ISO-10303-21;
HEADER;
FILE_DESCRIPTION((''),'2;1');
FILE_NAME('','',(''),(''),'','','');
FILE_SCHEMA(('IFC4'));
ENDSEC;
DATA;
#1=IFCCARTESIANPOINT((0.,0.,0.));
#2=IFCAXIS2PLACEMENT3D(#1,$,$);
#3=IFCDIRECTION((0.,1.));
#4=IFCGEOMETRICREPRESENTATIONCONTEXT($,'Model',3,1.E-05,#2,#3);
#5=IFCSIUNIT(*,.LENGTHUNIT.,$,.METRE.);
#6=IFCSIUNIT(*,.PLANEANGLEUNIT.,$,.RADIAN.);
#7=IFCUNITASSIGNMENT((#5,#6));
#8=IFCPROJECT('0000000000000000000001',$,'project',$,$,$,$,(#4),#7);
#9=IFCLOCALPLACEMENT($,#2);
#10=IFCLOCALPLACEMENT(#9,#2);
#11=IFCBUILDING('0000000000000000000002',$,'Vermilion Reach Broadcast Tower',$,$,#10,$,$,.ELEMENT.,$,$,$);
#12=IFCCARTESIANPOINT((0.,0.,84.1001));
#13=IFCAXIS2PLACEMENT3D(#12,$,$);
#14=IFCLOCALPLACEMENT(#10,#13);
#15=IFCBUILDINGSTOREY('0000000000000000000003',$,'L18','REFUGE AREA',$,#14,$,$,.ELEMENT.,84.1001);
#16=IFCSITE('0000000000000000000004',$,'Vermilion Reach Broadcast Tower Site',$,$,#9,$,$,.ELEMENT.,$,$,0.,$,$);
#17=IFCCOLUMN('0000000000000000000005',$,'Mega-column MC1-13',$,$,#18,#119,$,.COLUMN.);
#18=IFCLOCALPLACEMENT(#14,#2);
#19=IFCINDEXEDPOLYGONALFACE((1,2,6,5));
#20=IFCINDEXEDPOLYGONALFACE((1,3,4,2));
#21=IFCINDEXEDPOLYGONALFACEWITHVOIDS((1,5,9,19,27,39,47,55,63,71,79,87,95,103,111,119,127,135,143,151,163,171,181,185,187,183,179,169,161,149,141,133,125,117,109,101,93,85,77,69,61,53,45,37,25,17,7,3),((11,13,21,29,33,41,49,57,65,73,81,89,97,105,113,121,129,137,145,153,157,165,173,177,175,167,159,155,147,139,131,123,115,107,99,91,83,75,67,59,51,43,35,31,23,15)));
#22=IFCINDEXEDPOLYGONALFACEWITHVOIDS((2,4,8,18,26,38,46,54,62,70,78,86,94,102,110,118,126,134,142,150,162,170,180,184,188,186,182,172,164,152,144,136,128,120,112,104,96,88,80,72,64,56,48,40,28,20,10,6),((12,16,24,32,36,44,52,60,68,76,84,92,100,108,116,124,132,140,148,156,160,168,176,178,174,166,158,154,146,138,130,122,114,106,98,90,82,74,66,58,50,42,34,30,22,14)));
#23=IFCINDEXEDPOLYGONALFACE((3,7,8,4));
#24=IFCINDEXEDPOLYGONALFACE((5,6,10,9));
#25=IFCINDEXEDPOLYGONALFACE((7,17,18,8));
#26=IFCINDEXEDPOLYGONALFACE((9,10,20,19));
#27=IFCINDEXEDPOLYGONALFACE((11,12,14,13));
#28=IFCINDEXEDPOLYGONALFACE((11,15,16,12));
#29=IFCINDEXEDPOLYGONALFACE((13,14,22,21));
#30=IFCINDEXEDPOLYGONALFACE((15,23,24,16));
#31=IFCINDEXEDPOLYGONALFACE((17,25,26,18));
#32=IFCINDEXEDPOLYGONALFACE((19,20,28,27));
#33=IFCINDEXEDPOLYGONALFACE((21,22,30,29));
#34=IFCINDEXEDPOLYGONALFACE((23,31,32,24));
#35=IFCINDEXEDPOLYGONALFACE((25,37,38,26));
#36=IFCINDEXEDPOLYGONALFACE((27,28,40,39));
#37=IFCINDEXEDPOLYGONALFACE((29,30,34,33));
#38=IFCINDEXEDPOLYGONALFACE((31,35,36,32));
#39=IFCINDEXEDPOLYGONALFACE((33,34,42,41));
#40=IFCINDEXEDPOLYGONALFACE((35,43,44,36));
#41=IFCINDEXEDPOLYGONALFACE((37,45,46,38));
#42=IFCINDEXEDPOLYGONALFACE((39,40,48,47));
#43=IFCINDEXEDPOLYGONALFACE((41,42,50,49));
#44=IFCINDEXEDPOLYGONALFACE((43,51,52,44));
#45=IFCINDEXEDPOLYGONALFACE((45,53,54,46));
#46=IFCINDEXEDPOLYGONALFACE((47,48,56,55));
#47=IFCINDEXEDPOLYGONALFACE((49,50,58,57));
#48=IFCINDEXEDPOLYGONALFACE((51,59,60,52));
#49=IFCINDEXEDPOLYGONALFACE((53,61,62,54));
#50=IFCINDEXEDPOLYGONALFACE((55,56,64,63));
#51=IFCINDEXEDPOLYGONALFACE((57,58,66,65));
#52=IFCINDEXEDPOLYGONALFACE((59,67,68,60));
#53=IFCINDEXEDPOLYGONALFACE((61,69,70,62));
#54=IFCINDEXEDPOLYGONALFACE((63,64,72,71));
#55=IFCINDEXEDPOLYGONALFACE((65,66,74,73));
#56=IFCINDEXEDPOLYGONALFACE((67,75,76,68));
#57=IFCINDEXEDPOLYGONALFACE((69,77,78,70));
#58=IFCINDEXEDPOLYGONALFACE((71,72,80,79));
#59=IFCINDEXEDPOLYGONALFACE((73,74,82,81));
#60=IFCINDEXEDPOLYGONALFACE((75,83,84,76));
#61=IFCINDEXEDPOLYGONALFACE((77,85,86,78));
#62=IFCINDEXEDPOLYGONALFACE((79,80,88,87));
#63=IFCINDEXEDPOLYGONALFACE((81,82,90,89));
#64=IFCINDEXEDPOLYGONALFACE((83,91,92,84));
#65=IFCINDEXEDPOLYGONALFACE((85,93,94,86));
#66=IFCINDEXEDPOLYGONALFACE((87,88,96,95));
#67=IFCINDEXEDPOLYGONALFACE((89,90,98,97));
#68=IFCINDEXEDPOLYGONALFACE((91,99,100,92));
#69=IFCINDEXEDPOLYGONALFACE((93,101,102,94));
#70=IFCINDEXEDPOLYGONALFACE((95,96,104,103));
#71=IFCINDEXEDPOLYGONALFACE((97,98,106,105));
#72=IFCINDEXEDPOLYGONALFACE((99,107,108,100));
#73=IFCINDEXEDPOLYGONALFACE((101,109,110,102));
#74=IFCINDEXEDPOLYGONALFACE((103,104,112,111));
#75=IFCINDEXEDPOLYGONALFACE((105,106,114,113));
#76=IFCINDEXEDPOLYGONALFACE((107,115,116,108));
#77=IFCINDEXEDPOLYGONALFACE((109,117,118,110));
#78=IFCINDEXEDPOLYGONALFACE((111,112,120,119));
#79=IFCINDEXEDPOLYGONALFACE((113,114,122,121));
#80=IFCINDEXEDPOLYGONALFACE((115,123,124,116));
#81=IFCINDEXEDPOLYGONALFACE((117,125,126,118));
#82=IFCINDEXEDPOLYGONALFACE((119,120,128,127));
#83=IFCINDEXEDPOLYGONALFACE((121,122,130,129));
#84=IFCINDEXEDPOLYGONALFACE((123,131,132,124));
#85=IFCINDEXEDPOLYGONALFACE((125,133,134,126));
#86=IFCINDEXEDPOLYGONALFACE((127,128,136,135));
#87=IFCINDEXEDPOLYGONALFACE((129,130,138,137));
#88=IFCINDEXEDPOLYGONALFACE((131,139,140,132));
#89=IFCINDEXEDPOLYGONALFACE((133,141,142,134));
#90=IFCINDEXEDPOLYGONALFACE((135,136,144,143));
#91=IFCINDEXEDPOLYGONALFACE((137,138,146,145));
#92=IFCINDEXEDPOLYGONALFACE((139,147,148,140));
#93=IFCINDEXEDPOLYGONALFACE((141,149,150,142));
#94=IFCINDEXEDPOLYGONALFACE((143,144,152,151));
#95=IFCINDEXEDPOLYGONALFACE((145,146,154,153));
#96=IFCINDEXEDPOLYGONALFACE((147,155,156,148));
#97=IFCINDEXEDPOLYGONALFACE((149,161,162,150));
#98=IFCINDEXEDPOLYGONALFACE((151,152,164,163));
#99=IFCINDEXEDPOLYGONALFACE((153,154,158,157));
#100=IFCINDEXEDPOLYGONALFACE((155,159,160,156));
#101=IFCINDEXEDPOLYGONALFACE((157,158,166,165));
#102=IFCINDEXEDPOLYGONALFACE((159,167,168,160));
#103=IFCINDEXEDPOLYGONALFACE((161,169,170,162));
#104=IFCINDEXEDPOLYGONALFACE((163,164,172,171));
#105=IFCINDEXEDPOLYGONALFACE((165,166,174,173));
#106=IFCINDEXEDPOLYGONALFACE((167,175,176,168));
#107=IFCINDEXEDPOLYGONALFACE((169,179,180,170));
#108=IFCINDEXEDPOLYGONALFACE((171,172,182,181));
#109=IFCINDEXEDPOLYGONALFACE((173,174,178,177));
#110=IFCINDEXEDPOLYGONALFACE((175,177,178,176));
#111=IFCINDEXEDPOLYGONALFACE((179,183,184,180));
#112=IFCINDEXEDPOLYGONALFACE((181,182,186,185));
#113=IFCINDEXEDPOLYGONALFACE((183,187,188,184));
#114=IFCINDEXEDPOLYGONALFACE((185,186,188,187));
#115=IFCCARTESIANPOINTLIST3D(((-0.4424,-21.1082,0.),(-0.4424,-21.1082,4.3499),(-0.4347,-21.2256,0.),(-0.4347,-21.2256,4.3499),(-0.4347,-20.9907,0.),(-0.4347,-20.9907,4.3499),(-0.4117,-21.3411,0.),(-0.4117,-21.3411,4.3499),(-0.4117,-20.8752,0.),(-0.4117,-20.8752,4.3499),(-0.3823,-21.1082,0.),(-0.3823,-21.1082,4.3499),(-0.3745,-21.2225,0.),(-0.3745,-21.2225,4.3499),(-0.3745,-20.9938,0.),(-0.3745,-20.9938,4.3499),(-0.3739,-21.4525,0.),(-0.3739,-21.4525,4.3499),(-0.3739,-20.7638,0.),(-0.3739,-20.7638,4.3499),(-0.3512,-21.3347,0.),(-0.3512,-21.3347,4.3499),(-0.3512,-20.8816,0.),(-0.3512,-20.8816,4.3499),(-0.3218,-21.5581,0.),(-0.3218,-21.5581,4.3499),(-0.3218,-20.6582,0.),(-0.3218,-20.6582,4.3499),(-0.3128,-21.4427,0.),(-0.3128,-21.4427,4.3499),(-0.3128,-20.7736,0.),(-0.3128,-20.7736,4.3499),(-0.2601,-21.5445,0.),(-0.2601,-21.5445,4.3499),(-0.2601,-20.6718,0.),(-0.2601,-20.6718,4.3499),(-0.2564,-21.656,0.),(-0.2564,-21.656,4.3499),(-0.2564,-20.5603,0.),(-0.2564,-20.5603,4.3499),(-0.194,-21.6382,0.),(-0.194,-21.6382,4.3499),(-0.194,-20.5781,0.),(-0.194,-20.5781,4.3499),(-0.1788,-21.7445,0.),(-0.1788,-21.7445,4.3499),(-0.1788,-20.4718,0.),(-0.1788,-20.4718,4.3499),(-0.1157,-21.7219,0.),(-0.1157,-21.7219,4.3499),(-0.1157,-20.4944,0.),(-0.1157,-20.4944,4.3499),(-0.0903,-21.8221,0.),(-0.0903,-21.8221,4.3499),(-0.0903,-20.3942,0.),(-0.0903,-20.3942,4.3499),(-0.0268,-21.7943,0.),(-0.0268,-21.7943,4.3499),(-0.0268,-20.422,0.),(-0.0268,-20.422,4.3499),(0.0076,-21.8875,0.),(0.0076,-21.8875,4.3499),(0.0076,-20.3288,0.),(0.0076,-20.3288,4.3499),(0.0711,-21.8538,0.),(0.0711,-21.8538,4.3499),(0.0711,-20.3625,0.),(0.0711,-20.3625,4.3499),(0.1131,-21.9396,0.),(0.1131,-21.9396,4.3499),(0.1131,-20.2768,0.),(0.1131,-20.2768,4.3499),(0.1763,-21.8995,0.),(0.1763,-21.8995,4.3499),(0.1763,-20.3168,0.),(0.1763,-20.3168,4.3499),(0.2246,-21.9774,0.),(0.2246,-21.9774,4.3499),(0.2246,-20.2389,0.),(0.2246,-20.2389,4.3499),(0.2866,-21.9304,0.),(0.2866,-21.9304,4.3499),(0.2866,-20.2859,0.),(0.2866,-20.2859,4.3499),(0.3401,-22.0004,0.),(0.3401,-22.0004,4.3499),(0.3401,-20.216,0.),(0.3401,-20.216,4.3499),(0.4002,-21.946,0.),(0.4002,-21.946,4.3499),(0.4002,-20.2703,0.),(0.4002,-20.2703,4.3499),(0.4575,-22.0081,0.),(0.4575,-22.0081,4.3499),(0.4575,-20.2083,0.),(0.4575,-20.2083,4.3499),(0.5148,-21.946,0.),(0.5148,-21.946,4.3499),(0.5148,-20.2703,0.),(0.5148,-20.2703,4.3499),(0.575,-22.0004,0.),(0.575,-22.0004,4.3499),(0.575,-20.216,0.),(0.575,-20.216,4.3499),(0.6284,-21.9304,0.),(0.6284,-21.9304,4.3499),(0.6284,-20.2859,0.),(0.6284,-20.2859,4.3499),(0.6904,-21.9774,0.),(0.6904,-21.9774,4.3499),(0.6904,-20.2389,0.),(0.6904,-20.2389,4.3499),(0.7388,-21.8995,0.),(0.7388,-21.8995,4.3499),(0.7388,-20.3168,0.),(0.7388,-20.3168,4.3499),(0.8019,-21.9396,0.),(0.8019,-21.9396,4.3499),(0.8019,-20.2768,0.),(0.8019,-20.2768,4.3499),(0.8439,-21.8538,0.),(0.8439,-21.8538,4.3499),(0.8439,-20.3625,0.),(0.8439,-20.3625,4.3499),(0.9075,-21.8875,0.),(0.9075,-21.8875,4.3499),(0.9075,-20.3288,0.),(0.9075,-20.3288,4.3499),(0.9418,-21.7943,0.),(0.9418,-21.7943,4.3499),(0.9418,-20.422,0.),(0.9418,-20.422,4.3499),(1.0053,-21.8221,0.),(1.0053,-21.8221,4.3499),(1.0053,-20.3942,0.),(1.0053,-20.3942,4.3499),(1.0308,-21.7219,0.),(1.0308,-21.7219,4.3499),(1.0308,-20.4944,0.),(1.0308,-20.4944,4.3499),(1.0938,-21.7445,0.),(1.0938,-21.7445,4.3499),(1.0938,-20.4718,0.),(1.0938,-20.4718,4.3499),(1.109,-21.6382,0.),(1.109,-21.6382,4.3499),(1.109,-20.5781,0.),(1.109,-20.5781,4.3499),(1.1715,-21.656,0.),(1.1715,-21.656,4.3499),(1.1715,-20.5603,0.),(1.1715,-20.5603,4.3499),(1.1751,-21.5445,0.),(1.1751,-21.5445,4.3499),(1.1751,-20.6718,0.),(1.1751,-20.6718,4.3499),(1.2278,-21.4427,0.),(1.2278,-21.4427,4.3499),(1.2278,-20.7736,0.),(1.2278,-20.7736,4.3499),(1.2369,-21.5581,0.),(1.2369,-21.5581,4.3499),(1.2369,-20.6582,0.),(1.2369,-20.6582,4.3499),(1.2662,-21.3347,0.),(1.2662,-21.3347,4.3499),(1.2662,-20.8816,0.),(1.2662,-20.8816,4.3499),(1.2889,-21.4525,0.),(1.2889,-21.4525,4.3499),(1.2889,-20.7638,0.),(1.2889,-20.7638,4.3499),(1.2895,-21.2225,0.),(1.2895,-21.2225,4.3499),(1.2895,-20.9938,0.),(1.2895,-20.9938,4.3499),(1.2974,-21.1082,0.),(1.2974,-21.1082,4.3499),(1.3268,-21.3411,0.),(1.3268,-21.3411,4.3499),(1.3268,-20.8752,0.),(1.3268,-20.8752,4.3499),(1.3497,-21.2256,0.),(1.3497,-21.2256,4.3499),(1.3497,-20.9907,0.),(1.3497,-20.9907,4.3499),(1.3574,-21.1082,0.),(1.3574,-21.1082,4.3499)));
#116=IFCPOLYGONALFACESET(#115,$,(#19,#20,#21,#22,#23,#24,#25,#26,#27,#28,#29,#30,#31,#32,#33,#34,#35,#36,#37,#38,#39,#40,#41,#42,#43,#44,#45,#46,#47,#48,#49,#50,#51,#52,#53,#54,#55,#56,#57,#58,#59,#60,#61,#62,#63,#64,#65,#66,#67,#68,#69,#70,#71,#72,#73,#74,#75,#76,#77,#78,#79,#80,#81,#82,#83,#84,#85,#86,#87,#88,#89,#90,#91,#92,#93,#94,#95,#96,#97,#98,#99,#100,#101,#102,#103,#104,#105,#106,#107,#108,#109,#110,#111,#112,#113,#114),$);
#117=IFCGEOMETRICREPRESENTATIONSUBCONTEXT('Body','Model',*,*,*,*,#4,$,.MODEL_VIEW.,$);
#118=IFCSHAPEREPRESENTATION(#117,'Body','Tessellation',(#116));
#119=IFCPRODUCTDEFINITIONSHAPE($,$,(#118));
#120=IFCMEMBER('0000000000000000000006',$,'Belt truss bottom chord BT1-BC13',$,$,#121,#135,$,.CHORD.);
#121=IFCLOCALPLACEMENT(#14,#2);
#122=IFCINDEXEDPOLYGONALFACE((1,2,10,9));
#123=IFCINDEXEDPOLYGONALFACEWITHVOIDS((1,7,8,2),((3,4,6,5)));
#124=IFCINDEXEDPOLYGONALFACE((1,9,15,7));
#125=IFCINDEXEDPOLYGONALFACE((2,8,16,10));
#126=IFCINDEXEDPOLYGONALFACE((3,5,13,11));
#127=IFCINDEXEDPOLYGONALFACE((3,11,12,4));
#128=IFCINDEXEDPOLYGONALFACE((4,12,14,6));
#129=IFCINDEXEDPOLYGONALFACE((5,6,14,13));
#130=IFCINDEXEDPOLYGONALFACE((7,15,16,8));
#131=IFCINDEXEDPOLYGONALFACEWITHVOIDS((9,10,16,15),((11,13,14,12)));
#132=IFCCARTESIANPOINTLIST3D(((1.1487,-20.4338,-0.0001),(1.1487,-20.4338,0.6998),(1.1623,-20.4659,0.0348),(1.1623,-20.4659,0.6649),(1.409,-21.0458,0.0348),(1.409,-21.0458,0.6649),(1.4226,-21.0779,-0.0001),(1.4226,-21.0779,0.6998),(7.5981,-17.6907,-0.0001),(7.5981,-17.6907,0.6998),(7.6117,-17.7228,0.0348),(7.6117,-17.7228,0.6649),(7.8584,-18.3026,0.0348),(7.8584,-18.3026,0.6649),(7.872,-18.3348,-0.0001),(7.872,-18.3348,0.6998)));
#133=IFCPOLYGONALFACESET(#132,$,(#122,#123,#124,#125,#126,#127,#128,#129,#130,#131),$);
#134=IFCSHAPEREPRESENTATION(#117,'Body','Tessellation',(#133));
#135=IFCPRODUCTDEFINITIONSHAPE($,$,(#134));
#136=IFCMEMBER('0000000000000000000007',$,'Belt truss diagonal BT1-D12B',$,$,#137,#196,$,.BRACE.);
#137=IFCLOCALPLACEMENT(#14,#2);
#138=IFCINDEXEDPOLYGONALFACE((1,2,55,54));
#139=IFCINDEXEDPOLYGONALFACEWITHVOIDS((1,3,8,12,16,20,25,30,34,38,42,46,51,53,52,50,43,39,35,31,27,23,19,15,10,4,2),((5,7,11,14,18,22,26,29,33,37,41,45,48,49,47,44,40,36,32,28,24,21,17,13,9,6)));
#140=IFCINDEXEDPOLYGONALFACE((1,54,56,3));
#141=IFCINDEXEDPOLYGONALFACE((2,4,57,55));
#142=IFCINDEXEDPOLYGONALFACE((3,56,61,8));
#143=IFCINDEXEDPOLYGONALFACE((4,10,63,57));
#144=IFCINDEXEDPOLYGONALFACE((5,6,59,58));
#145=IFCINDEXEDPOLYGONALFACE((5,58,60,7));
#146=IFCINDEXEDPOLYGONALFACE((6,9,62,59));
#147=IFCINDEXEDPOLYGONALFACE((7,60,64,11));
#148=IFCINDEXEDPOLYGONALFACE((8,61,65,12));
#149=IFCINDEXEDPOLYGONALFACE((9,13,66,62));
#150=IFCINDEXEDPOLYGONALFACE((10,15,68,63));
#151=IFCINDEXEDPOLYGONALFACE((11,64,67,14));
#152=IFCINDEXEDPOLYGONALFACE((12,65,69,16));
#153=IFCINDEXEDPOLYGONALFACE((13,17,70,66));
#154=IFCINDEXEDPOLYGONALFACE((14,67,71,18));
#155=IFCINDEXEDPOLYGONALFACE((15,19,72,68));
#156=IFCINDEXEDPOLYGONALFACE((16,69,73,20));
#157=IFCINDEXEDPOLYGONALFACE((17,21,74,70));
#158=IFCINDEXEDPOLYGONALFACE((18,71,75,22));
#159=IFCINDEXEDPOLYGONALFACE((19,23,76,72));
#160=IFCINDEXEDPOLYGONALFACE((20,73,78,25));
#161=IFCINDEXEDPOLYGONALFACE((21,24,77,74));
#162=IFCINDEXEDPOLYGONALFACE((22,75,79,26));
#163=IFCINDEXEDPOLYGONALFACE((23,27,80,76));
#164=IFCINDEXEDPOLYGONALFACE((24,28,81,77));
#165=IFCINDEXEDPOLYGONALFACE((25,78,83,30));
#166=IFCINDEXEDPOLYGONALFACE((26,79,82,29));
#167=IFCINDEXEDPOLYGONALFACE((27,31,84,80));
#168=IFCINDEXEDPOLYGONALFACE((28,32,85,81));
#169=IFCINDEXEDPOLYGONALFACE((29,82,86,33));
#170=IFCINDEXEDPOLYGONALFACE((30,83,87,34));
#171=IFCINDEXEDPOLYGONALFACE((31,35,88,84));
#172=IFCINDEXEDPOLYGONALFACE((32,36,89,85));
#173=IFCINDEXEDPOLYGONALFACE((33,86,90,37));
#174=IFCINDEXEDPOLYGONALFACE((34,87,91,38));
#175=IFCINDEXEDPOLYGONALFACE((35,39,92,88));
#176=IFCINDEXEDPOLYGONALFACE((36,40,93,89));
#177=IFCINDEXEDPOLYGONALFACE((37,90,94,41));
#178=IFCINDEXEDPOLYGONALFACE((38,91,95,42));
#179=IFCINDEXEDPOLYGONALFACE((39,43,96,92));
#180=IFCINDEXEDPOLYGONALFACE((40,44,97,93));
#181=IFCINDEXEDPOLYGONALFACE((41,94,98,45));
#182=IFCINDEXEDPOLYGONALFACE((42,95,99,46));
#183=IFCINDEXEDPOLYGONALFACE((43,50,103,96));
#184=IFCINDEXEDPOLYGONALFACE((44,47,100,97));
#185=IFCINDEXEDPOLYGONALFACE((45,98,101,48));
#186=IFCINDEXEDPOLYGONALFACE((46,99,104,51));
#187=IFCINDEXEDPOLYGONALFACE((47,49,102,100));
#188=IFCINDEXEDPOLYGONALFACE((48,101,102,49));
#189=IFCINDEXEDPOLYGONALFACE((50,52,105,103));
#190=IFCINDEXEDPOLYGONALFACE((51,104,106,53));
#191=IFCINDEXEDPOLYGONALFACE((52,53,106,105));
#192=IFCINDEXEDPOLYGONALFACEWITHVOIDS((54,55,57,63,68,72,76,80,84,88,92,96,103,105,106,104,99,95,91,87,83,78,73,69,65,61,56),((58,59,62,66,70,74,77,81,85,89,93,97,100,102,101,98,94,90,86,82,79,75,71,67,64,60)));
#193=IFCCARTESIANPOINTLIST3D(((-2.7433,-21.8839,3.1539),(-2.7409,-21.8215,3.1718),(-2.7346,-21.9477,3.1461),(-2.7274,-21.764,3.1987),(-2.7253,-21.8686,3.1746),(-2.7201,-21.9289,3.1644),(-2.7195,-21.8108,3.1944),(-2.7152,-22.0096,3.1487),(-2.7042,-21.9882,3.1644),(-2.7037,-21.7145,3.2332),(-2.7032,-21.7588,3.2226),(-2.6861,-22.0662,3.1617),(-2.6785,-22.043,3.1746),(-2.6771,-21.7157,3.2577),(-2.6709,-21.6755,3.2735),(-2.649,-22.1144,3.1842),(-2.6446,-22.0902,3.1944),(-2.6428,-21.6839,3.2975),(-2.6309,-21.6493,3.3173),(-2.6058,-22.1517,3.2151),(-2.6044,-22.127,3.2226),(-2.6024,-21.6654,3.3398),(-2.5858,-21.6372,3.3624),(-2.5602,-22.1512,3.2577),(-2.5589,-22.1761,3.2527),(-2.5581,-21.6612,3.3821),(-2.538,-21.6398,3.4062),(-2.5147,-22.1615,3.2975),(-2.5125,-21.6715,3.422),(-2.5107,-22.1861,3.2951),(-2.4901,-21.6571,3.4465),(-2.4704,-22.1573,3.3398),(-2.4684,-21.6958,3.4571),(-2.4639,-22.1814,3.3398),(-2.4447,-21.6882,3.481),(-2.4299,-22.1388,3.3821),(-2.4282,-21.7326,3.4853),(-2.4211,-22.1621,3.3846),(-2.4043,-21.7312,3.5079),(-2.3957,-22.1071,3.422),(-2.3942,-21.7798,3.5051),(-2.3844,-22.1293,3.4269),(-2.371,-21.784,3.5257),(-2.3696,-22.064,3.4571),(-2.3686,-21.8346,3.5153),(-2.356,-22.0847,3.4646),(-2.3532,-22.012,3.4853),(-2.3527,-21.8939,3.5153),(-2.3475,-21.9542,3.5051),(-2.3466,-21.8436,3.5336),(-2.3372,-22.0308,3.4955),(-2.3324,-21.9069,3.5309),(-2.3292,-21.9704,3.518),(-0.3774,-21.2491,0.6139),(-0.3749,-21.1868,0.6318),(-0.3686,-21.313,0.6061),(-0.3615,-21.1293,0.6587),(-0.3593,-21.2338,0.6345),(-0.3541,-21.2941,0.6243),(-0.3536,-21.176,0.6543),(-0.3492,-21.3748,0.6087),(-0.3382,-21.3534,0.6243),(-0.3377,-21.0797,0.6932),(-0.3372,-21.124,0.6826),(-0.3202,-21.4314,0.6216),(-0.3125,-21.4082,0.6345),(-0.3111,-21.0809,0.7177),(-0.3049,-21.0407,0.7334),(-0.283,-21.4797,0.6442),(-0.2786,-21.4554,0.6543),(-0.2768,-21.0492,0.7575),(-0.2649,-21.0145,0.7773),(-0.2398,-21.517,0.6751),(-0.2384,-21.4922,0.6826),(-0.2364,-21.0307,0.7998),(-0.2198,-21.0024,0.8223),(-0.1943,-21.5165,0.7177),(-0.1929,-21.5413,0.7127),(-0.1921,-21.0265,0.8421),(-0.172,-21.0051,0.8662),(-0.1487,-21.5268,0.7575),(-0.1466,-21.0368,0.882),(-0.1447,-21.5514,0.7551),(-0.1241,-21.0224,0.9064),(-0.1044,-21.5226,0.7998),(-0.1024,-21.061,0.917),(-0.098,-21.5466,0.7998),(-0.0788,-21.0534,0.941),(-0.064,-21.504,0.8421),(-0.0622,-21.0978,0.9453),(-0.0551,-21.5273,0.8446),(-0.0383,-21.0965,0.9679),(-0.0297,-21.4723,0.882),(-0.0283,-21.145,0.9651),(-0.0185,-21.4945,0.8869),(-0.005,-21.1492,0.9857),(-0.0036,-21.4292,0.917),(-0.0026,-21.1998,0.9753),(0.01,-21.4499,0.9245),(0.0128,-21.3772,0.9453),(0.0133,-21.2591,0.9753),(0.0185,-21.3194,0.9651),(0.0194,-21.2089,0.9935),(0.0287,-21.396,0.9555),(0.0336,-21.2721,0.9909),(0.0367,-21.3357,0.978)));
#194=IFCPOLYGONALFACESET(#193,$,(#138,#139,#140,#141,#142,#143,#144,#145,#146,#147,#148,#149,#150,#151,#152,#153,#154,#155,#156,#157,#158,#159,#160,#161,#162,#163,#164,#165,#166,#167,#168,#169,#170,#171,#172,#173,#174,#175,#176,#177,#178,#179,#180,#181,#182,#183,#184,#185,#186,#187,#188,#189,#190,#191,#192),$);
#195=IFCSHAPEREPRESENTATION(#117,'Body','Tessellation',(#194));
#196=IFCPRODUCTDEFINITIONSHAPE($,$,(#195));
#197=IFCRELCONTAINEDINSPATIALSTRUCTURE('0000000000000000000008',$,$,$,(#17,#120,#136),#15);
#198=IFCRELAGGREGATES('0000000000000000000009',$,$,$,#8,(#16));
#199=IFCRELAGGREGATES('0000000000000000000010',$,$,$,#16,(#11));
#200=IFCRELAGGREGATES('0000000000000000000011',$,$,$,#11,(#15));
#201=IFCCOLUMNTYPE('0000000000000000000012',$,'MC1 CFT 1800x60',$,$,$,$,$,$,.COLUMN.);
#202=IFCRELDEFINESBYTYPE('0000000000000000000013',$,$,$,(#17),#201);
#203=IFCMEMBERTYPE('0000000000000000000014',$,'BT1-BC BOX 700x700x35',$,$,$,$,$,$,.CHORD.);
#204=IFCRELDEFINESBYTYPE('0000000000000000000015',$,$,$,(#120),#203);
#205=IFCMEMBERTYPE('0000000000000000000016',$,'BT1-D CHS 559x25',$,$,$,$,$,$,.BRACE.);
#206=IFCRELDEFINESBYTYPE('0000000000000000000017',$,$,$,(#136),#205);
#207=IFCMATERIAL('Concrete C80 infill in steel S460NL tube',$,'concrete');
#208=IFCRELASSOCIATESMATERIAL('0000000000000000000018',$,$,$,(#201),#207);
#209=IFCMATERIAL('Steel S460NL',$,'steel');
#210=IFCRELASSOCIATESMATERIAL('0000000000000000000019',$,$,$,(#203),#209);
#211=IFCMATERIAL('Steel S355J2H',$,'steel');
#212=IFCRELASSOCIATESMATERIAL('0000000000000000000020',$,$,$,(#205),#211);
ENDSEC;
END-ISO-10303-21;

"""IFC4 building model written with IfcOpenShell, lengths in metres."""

from ifc_helpers import new_model, si_unit, direction, frame, origin, origin_2d, place, context, subcontext, project, spatial, hollow_rectangle, hollow_circle, extrude, material, material_profile, profile_set, type_object, element, save


model = new_model("IFC4")

# Units and contexts
model_context = context("Model", 3, precision=1e-05, world=origin(), true_north=direction((0.0, 1.0)))
body_context = subcontext(model_context, "Body", "Model", "MODEL_VIEW")
ifc_project = project(units=[si_unit("LENGTHUNIT", "METRE"), si_unit("PLANEANGLEUNIT", "RADIAN")], contexts=[model_context])

# Site, building, storey
site_placement = place(None, origin())
site = spatial("IfcSite", under=ifc_project, at=site_placement, Name="Vermilion Reach Broadcast Tower Site", CompositionType="ELEMENT", RefElevation=0.0)
building_placement = place(site_placement, origin())
building = spatial("IfcBuilding", under=site, at=building_placement, Name="Vermilion Reach Broadcast Tower", CompositionType="ELEMENT")
storey_placement = place(building_placement, frame((0.0, 0.0, 84.1001)))
storey = spatial("IfcBuildingStorey", under=building, at=storey_placement, Name="L18", Description="REFUGE AREA", CompositionType="ELEMENT", Elevation=84.1001)

# Column
ifc_material_1 = material(Name="Concrete C80 infill in steel S460NL tube", Category="concrete")
ifc_material_profile_1 = material_profile(ifc_material_1, hollow_circle(Radius=0.8999, WallThickness=0.0601, at=origin_2d()), Name="Concrete C80 infill in steel S460NL tube CFT 1800x60")
ifc_profile_set_1 = profile_set([ifc_material_profile_1], Name="Concrete C80 infill in steel S460NL tube")
column_type = type_object("IfcColumnType", Name="MC1 CFT 1800x60", PredefinedType="COLUMN", material=ifc_profile_set_1)
column_placement = place(storey_placement, frame((0.4575, -21.1082, 0.0), z_axis=(0.0, 0.0, 1.0), x_axis=(1.0, 0.0, 0.0)))
element("IfcColumn", 1, at=column_placement, inside=storey, type_object=column_type, Name="Mega-column MC1-13", PredefinedType="COLUMN", context=body_context, shape_type="SweptSolid", body=[
    extrude(hollow_circle(Radius=0.8999, WallThickness=0.0601, at=origin_2d()), origin(), (0.0, 0.0, 1.0), 4.3499),
])

# Members
ifc_material_2 = material(Name="Steel S460NL", Category="steel")
ifc_material_profile_2 = material_profile(ifc_material_2, hollow_rectangle(XDim=0.7, YDim=0.7, WallThickness=0.0349, at=origin_2d()), Name="S460NL BOX 700x700x35")
ifc_profile_set_2 = profile_set([ifc_material_profile_2], Name="Steel S460NL")
member_type_1 = type_object("IfcMemberType", Name="BT1-BC BOX 700x700x35", PredefinedType="CHORD", material=ifc_profile_set_2)
member_1_placement = place(storey_placement, frame((1.2856, -20.7559, 0.3499), z_axis=(0.920221, 0.3914, 0.0), x_axis=(-0.3914, 0.920221, 0.0)))
element("IfcMember", 2, at=member_1_placement, inside=storey, type_object=member_type_1, Name="Belt truss bottom chord BT1-BC13", PredefinedType="CHORD", context=body_context, shape_type="SweptSolid", body=[
    extrude(hollow_rectangle(XDim=0.7, YDim=0.7, WallThickness=0.0349, at=origin_2d()), origin(), (0.0, 0.0, 1.0), 7.0085),
])
ifc_material_3 = material(Name="Steel S355J2H", Category="steel")
ifc_material_profile_3 = material_profile(ifc_material_3, hollow_circle(Radius=0.2795, WallThickness=0.0249, at=origin_2d()), Name="S355J2H CHS 559x25")
ifc_profile_set_3 = profile_set([ifc_material_profile_3], Name="Steel S355J2H")
member_type_2 = type_object("IfcMemberType", Name="BT1-D CHS 559x25", PredefinedType="BRACE", material=ifc_profile_set_3)
member_2_placement = place(storey_placement, frame((-0.1704, -21.2766, 0.7998), z_axis=(-0.670471, -0.179881, 0.7198), x_axis=(0.259126, -0.965843, 0.0)))
element("IfcMember", 3, at=member_2_placement, inside=storey, type_object=member_type_2, Name="Belt truss diagonal BT1-D12B", PredefinedType="BRACE", context=body_context, shape_type="SweptSolid", body=[
    extrude(hollow_circle(Radius=0.2795, WallThickness=0.0249, at=origin_2d()), origin(), (0.0, 0.0, 1.0), 3.5288),
])

save(model, "model.ifc")
